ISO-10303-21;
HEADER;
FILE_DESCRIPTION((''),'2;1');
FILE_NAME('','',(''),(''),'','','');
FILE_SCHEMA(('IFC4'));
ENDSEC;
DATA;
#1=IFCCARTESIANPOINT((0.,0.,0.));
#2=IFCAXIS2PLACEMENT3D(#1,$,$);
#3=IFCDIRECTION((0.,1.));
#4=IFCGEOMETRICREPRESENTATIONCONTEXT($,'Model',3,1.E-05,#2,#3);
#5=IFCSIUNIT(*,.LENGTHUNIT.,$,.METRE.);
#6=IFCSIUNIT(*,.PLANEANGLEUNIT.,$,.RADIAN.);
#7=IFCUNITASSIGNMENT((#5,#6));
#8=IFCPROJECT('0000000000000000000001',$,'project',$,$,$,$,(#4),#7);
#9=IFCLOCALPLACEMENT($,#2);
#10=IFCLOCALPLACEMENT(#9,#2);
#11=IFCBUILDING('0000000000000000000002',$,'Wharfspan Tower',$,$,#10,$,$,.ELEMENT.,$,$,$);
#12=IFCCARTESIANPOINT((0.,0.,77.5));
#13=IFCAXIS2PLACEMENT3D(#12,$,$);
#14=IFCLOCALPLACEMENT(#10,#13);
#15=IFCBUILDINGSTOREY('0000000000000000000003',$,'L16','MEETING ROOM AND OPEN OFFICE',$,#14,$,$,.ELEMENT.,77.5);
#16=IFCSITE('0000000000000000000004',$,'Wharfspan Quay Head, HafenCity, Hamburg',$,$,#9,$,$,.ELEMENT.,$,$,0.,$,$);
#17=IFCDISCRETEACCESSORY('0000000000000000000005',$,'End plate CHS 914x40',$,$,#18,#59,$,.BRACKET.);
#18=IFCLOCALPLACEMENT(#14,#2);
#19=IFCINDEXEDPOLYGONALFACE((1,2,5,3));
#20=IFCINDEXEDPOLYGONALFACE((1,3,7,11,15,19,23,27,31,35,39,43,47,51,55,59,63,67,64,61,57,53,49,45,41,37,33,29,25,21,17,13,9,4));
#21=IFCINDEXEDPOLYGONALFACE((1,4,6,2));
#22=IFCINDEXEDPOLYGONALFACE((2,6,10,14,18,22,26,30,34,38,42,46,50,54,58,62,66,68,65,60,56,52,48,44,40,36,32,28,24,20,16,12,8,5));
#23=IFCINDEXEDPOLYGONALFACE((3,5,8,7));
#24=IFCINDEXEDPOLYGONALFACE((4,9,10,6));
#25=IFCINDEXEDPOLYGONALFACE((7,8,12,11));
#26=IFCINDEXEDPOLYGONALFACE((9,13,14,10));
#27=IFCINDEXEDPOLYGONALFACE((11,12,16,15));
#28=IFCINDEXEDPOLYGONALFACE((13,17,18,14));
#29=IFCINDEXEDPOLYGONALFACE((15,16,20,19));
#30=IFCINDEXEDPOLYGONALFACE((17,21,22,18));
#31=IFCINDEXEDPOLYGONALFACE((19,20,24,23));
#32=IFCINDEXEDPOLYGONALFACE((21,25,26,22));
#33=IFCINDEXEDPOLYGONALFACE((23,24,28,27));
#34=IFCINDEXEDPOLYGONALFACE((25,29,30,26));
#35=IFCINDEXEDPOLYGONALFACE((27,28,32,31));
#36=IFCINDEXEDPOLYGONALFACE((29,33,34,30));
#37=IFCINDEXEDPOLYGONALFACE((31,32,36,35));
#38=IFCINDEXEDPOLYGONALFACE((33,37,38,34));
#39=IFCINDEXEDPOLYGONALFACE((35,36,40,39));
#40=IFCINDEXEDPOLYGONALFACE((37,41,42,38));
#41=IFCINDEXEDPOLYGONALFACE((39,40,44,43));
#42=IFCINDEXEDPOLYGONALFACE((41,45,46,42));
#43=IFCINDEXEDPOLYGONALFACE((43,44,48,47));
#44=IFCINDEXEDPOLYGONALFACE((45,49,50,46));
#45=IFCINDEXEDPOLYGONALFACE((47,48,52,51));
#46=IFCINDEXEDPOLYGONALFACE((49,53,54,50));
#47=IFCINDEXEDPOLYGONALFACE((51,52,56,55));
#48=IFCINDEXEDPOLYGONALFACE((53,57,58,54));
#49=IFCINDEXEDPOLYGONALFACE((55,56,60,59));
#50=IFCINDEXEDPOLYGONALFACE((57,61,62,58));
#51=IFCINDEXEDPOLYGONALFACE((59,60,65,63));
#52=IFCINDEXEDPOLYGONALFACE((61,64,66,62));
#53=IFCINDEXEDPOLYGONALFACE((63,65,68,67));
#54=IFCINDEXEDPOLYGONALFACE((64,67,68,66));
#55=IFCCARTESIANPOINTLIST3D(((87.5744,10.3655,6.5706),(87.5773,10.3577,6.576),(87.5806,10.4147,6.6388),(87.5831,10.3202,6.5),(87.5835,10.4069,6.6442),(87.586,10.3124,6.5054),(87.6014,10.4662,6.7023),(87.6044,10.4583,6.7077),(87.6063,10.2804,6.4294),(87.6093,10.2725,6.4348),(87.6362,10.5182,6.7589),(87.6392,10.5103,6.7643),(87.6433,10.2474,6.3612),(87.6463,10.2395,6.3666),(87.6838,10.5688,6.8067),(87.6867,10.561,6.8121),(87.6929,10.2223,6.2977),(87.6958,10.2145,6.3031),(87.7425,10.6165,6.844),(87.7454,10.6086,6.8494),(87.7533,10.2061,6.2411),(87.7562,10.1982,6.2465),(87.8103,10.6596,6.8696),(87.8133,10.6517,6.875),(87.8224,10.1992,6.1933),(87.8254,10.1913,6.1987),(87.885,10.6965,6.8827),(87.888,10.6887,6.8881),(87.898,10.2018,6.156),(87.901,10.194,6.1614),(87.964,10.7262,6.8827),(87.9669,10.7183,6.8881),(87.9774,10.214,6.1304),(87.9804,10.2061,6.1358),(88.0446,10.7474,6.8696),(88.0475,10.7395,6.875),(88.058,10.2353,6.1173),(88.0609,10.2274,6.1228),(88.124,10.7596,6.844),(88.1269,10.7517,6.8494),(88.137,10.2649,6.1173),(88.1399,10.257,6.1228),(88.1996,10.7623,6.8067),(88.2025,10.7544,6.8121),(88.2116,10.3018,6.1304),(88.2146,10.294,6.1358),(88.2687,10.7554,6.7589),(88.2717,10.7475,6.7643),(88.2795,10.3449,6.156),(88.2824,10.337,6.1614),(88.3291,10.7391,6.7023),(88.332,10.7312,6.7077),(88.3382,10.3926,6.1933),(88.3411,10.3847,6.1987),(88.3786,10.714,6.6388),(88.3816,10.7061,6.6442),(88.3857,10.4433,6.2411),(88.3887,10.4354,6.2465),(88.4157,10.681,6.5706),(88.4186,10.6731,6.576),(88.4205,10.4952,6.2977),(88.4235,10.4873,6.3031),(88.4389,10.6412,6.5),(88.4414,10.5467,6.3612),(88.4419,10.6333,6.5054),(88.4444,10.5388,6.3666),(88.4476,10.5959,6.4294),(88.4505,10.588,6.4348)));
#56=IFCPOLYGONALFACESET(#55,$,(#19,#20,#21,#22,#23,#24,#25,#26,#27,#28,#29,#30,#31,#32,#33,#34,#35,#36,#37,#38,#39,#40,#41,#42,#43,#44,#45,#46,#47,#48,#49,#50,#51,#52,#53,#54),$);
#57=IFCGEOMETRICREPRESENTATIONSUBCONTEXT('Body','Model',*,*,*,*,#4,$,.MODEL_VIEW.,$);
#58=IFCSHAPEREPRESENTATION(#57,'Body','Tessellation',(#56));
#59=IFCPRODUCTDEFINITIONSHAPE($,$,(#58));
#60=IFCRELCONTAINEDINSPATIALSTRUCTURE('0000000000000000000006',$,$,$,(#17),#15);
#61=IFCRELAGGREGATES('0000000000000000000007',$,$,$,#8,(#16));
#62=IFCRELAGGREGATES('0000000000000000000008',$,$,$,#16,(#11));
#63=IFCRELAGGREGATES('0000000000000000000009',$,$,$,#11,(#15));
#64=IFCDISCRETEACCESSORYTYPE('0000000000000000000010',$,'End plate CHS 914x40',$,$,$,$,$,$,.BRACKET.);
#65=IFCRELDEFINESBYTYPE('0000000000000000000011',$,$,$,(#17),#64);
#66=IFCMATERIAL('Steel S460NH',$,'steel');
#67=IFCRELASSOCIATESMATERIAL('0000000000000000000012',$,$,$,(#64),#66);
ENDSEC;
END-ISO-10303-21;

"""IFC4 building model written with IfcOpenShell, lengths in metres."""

from ifc_helpers import new_model, si_unit, direction, frame, origin, origin_2d, place, context, subcontext, project, spatial, circle, extrude, material, material_profile, profile_set, type_object, element, save


model = new_model("IFC4")

# Units and contexts
model_context = context("Model", 3, precision=1e-05, world=origin(), true_north=direction((0.0, 1.0)))
body_context = subcontext(model_context, "Body", "Model", "MODEL_VIEW")
ifc_project = project(units=[si_unit("LENGTHUNIT", "METRE"), si_unit("PLANEANGLEUNIT", "RADIAN")], contexts=[model_context])

# Site, building, storey
site_placement = place(None, origin())
site = spatial("IfcSite", under=ifc_project, at=site_placement, Name="Wharfspan Quay Head, HafenCity, Hamburg", CompositionType="ELEMENT", RefElevation=0.0)
building_placement = place(site_placement, origin())
building = spatial("IfcBuilding", under=site, at=building_placement, Name="Wharfspan Tower", CompositionType="ELEMENT")
storey_placement = place(building_placement, frame((0.0, 0.0, 77.5)))
storey = spatial("IfcBuildingStorey", under=building, at=storey_placement, Name="L16", Description="MEETING ROOM AND OPEN OFFICE", CompositionType="ELEMENT", Elevation=77.5)

# Discrete accessory
ifc_material_1 = material(Name="Steel S460NH", Category="steel")
ifc_material_profile_1 = material_profile(ifc_material_1, circle(Radius=0.457, at=origin_2d()))
ifc_profile_set_1 = profile_set([ifc_material_profile_1], Name="Steel S460NH")
discrete_accessory_type = type_object("IfcDiscreteAccessoryType", Name="End plate CHS 914x40", PredefinedType="BRACKET", material=ifc_profile_set_1)
discrete_accessory_placement = place(storey_placement, frame((88.011, 10.4807, 6.5), z_axis=(0.295241, -0.787309, 0.541275), x_axis=(0.936333, 0.351125, 0.0)))
element("IfcDiscreteAccessory", 1, at=discrete_accessory_placement, inside=storey, type_object=discrete_accessory_type, Name="End plate CHS 914x40", PredefinedType="BRACKET", context=body_context, shape_type="SweptSolid", body=[
    extrude(circle(Radius=0.457, at=origin_2d()), origin(), (0.0, 0.0, 1.0), 0.01),
])

save(model, "model.ifc")
